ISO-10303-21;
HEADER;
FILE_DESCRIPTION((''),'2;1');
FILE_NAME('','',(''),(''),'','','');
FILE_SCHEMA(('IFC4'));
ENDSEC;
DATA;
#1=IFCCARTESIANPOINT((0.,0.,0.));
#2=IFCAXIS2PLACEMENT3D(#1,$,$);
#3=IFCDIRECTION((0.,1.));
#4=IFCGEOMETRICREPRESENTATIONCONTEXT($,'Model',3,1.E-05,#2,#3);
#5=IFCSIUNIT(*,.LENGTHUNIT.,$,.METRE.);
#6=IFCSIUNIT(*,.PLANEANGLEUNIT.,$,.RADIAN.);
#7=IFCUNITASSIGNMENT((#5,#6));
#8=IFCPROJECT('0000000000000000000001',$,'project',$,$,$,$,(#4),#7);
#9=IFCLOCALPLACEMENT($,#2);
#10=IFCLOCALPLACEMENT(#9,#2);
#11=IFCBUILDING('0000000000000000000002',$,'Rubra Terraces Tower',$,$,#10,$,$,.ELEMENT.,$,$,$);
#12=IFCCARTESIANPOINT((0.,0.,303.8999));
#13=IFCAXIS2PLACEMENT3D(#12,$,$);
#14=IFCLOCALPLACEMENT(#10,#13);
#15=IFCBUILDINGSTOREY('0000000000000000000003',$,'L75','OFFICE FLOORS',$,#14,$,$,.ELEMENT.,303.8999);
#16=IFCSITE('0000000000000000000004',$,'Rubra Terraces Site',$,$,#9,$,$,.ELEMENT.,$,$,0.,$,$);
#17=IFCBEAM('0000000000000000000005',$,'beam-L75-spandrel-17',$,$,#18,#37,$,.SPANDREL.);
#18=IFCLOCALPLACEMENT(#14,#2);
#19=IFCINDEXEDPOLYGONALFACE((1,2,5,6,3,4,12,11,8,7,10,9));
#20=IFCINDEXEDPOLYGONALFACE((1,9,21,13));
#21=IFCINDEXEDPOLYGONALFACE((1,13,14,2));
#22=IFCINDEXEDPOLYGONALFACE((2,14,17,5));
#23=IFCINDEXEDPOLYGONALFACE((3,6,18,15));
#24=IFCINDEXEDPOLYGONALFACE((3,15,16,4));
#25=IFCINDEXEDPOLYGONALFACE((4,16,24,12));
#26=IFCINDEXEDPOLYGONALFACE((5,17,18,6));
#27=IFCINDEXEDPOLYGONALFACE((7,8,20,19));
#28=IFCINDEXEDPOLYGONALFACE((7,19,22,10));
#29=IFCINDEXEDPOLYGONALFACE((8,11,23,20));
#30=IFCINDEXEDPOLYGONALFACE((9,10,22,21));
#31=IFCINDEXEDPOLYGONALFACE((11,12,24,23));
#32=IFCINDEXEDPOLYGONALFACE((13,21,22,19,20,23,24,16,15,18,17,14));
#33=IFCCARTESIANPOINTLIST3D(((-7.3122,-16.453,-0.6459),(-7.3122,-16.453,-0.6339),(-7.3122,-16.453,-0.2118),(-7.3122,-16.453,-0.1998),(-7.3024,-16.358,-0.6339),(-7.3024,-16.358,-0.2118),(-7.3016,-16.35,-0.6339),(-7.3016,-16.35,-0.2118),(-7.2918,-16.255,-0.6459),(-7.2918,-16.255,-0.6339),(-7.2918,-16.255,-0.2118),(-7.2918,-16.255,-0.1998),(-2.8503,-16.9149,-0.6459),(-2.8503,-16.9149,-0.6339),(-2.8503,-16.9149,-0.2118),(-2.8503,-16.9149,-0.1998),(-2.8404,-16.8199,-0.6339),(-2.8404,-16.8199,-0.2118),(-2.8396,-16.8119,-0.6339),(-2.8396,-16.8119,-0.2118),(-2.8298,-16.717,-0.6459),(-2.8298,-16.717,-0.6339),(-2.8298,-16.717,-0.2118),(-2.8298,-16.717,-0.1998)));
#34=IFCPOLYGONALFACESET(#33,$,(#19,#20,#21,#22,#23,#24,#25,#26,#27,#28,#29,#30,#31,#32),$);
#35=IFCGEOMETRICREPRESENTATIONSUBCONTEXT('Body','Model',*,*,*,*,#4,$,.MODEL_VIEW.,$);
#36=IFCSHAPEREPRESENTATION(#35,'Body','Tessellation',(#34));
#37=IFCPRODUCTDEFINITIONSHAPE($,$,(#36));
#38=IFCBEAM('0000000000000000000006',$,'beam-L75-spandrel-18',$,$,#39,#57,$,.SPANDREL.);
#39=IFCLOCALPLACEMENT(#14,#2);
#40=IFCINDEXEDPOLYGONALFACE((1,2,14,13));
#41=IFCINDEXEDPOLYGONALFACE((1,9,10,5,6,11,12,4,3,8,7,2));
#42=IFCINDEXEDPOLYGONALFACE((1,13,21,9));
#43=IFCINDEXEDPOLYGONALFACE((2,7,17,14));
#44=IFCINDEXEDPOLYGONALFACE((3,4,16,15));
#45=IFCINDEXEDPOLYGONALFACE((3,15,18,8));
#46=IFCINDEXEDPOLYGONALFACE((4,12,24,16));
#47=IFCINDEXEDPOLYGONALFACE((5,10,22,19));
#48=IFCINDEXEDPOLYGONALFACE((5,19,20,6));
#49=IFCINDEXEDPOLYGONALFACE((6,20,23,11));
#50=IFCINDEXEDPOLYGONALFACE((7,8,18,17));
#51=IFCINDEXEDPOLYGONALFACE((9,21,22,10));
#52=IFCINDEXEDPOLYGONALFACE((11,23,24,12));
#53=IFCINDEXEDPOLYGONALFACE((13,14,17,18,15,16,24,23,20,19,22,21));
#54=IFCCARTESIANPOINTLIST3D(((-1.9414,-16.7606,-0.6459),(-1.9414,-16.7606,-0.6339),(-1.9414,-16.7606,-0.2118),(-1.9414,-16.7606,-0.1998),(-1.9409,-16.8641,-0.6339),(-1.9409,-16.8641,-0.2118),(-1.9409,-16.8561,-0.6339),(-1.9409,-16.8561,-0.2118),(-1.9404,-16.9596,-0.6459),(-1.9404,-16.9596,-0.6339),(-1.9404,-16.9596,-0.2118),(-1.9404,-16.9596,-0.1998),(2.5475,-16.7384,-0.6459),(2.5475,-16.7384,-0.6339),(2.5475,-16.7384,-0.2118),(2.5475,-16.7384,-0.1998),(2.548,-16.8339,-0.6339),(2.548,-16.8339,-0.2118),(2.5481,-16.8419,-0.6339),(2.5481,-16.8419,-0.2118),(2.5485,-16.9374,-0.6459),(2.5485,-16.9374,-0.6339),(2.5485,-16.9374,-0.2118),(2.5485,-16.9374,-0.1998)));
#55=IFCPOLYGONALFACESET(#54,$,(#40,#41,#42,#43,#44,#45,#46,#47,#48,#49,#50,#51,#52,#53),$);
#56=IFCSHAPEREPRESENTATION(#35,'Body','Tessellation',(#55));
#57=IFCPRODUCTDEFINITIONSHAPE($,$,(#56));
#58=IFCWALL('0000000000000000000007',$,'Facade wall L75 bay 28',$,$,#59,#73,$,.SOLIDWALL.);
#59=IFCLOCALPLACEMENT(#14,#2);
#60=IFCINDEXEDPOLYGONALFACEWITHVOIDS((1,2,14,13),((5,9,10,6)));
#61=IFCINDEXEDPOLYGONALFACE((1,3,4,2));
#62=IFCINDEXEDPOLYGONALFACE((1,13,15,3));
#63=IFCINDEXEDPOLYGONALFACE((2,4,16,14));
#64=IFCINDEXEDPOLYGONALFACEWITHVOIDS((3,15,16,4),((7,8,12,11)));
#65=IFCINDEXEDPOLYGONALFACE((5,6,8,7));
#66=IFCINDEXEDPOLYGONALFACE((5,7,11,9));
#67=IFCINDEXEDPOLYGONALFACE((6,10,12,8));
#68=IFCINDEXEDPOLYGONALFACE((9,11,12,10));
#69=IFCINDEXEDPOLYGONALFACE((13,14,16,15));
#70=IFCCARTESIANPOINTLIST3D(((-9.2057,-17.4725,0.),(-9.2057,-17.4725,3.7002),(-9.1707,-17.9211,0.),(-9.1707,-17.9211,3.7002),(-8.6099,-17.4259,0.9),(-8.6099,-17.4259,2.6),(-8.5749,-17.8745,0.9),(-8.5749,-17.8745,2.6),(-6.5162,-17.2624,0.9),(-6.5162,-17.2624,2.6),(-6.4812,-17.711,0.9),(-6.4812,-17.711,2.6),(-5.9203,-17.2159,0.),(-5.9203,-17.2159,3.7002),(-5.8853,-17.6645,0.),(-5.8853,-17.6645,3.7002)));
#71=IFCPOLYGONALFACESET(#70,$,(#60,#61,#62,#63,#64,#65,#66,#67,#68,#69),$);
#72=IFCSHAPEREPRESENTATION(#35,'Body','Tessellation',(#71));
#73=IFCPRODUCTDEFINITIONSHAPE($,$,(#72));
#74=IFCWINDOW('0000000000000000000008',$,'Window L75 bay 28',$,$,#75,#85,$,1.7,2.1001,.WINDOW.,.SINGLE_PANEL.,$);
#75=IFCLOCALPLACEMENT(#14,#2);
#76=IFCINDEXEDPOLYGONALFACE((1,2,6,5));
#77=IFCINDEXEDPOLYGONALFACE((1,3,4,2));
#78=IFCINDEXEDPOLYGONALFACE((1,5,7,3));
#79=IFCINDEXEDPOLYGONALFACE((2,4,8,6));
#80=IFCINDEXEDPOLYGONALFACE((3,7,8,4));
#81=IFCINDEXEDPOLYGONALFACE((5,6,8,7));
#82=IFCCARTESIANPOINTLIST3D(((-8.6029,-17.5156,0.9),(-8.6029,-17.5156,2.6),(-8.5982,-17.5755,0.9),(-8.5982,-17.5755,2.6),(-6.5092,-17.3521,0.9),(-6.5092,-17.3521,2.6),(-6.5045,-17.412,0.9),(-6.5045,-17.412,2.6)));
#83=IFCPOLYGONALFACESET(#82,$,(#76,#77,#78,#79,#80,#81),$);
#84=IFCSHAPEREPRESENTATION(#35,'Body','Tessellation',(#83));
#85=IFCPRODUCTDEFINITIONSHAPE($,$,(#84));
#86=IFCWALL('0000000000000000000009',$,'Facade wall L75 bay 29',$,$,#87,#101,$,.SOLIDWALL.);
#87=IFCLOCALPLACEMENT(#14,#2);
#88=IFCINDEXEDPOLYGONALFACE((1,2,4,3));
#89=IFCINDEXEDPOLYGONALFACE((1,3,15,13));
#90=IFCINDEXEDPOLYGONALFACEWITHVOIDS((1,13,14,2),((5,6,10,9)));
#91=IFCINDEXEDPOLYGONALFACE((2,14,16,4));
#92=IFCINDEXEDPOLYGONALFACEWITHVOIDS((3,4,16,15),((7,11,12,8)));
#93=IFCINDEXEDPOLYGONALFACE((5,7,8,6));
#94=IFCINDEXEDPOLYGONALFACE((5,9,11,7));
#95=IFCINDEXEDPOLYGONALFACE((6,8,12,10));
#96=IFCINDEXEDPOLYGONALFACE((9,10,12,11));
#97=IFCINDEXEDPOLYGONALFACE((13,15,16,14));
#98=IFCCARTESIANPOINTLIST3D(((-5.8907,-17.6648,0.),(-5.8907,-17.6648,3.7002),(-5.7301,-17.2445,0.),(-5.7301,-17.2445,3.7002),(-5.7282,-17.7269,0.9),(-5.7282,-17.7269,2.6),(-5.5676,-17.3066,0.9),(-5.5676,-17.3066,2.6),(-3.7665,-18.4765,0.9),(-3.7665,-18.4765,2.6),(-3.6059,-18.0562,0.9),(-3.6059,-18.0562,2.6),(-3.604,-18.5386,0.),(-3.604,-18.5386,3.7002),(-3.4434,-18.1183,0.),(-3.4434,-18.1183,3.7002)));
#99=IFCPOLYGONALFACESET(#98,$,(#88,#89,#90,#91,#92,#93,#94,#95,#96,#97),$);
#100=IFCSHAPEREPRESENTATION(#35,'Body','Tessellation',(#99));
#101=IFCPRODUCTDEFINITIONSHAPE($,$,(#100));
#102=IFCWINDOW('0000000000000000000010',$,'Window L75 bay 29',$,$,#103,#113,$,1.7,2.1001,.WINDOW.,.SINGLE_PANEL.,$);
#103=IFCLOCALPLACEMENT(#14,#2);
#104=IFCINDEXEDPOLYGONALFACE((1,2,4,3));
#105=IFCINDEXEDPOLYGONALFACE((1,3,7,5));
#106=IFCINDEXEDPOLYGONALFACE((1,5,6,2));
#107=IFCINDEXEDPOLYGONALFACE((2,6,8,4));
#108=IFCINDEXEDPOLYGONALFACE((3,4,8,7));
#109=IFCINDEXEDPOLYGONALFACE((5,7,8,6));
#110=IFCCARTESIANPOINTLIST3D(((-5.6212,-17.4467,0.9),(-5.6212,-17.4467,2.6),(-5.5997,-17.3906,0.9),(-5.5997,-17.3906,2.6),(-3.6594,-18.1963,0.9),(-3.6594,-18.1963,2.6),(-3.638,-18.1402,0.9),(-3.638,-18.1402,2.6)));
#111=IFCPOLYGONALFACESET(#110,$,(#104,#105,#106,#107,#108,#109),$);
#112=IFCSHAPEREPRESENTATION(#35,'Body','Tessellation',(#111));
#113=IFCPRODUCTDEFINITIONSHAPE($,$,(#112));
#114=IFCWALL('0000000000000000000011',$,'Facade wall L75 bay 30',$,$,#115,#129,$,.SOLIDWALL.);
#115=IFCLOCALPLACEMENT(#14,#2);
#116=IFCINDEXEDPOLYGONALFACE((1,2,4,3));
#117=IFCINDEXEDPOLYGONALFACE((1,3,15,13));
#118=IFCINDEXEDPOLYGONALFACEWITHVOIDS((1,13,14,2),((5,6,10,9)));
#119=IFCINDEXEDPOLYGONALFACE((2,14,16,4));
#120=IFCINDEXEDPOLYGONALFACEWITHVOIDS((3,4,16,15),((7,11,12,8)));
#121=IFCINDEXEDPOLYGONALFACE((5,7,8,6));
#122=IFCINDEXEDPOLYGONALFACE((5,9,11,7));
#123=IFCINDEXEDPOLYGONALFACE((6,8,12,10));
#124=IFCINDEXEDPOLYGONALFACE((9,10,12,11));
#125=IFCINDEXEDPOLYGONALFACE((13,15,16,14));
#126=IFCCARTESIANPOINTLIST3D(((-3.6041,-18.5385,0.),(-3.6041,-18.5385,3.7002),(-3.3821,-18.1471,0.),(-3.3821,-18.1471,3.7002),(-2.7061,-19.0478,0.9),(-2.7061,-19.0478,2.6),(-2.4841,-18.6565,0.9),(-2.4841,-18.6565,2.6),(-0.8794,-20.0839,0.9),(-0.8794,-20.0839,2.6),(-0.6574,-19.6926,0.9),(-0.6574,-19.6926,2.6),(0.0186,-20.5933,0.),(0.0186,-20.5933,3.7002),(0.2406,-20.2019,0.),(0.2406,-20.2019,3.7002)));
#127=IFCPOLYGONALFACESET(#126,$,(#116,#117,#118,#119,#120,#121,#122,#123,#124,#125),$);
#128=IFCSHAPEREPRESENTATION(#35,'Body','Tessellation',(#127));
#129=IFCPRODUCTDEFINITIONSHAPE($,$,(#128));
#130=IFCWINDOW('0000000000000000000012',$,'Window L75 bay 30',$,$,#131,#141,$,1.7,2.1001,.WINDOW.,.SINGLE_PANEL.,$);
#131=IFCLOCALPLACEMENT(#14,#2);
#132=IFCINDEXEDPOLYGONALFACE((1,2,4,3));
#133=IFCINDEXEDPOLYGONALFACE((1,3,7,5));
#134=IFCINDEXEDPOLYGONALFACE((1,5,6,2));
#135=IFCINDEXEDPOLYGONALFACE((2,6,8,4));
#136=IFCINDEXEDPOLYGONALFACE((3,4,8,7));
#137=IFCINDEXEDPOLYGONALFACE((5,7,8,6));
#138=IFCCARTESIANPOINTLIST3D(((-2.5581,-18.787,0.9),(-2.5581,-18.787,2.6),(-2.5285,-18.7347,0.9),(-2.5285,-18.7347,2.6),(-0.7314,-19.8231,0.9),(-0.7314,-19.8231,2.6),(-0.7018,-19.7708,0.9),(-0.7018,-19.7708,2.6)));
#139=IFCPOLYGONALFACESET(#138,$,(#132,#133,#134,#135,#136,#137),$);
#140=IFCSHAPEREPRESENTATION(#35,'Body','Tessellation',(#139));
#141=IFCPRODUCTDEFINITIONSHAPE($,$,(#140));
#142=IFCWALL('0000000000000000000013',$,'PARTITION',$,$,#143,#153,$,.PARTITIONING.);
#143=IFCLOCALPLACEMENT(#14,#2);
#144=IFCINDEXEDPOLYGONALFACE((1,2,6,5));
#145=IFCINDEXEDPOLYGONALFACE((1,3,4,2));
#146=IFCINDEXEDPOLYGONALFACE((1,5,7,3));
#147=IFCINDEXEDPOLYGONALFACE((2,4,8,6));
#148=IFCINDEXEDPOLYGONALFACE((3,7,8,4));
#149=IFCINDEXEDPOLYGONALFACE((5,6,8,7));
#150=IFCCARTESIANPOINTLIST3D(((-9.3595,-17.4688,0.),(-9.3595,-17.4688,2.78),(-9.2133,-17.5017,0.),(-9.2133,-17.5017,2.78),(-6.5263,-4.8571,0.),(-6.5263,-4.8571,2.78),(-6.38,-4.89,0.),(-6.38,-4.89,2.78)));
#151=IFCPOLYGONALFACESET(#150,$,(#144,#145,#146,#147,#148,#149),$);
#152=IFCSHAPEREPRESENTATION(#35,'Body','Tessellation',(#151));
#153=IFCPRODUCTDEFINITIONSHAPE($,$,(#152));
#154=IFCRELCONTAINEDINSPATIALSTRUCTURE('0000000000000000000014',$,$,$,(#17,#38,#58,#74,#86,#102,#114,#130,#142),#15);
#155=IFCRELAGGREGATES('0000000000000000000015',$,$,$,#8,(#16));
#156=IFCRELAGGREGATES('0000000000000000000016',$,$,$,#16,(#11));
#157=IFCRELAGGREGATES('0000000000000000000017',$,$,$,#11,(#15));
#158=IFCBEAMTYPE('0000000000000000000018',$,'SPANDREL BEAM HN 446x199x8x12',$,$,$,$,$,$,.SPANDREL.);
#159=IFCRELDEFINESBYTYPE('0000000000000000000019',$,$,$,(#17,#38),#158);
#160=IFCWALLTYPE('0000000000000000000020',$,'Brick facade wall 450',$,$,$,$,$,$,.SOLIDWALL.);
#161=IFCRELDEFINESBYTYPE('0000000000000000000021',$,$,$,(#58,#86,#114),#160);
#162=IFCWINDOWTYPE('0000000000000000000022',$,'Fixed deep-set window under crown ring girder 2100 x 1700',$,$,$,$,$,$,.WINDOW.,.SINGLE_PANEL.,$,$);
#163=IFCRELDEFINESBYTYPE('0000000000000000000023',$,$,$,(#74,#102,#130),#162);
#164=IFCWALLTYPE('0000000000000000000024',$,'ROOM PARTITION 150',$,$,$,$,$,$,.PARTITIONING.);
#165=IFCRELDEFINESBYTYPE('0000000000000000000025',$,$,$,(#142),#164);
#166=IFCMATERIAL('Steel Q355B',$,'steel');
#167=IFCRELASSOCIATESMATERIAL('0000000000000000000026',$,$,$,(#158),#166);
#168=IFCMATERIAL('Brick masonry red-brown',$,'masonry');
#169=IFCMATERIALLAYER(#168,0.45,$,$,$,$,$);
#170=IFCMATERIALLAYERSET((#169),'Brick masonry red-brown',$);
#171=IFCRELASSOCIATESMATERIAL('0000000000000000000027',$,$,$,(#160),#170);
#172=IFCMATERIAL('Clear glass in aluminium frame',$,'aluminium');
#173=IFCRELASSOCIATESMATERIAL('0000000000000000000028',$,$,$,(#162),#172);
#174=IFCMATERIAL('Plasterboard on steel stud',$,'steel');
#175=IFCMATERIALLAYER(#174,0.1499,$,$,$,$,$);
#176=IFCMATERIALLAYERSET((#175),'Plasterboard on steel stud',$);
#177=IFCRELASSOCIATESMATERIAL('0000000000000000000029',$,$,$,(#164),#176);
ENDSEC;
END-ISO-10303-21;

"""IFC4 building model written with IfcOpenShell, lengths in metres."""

from ifc_helpers import new_model, si_unit, direction, frame, frame_2d, origin, origin_2d, place, context, subcontext, project, spatial, rectangle, i_section, extrude, material, layer, layer_set, material_profile, profile_set, type_object, element, fill, save


model = new_model("IFC4")

# Units and contexts
model_context = context("Model", 3, precision=1e-05, world=origin(), true_north=direction((0.0, 1.0)))
body_context = subcontext(model_context, "Body", "Model", "MODEL_VIEW")
ifc_project = project(units=[si_unit("LENGTHUNIT", "METRE"), si_unit("PLANEANGLEUNIT", "RADIAN")], contexts=[model_context])

# Site, building, storey
site_placement = place(None, origin())
site = spatial("IfcSite", under=ifc_project, at=site_placement, Name="Rubra Terraces Site", CompositionType="ELEMENT", RefElevation=0.0)
building_placement = place(site_placement, origin())
building = spatial("IfcBuilding", under=site, at=building_placement, Name="Rubra Terraces Tower", CompositionType="ELEMENT")
storey_placement = place(building_placement, frame((0.0, 0.0, 303.8999)))
storey = spatial("IfcBuildingStorey", under=building, at=storey_placement, Name="L75", Description="OFFICE FLOORS", CompositionType="ELEMENT", Elevation=303.8999)

# Beams
ifc_material_1 = material(Name="Steel Q355B", Category="steel")
ifc_material_profile_1 = material_profile(ifc_material_1, i_section(OverallWidth=0.199, OverallDepth=0.446, WebThickness=0.0081, FlangeThickness=0.012, at=origin_2d()), Name="HN 446x199x8x12")
ifc_profile_set_1 = profile_set([ifc_material_profile_1], Name="Steel Q355B")
beam_type_1 = type_object("IfcBeamType", Name="SPANDREL BEAM HN 446x199x8x12", PredefinedType="SPANDREL", material=ifc_profile_set_1)
beam_1_placement = place(storey_placement, frame((-7.302, -16.354, -0.4229), z_axis=(0.994684, -0.102973, 0.0), x_axis=(0.102973, 0.994684, 0.0)))
element("IfcBeam", 1, at=beam_1_placement, inside=storey, type_object=beam_type_1, Name="beam-L75-spandrel-17", PredefinedType="SPANDREL", context=body_context, shape_type="SweptSolid", body=[
    extrude(i_section(OverallWidth=0.199, OverallDepth=0.446, WebThickness=0.0081, FlangeThickness=0.012, at=origin_2d()), origin(), (0.0, 0.0, 1.0), 4.4858),
])
beam_2_placement = place(storey_placement, frame((-1.9409, -16.8601, -0.4229), z_axis=(0.999988, 0.004949, 0.0), x_axis=(-0.004949, 0.999988, 0.0)))
element("IfcBeam", 2, at=beam_2_placement, inside=storey, type_object=beam_type_1, Name="beam-L75-spandrel-18", PredefinedType="SPANDREL", context=body_context, shape_type="SweptSolid", body=[
    extrude(i_section(OverallWidth=0.199, OverallDepth=0.446, WebThickness=0.0081, FlangeThickness=0.012, at=origin_2d()), origin(), (0.0, 0.0, 1.0), 4.489),
])

# Walls, openings, windows
ifc_material_2 = material(Name="Brick masonry red-brown", Category="masonry")
ifc_layer_1 = layer(ifc_material_2, 0.45)
ifc_layer_set_1 = layer_set([ifc_layer_1], Name="Brick masonry red-brown")
wall_type_1 = type_object("IfcWallType", Name="Brick facade wall 450", PredefinedType="SOLIDWALL", material=ifc_layer_set_1)
wall_1_placement = place(storey_placement, frame((-9.1882, -17.6968, 0.0), z_axis=(0.0, 0.0, 1.0), x_axis=(0.996964, 0.077864, 0.0)))
wall_1 = element("IfcWall", 3, at=wall_1_placement, inside=storey, type_object=wall_type_1, Name="Facade wall L75 bay 28", PredefinedType="SOLIDWALL", context=body_context, shape_type="SweptSolid", body=[
    extrude(rectangle(XDim=3.2954, YDim=0.45, at=frame_2d((1.6477, 0.0))), origin(), (0.0, 0.0, 1.0), 3.7002),
])
opening_1_placement = place(wall_1_placement, frame((0.5977, 0.0, 0.8999)))
opening_1 = element("IfcOpeningElement", 4, at=opening_1_placement, cuts=wall_1, PredefinedType="OPENING", context=body_context, shape_type="SweptSolid", body=[
    extrude(rectangle(XDim=2.1001, YDim=1.7, at=frame_2d((1.05, 0.8501))), frame((0.0, 0.2349, 0.0), z_axis=(0.0, -1.0, 0.0), x_axis=(1.0, 0.0, 0.0)), (0.0, 0.0, 1.0), 0.47),
])
ifc_material_3 = material(Name="Clear glass in aluminium frame", Category="aluminium")
window_type = type_object("IfcWindowType", Name="Fixed deep-set window under crown ring girder 2100 x 1700", PartitioningType="SINGLE_PANEL", PredefinedType="WINDOW", material=ifc_material_3)
window_1_placement = place(opening_1_placement, origin())
window_1 = element("IfcWindow", 5, at=window_1_placement, inside=storey, type_object=window_type, Name="Window L75 bay 28", OverallHeight=1.7, OverallWidth=2.1001, PartitioningType="SINGLE_PANEL", PredefinedType="WINDOW", context=body_context, shape_type="SweptSolid", body=[
    extrude(rectangle(XDim=2.1001, YDim=1.7, at=frame_2d((1.05, 0.8501))), frame((0.0, 0.135, 0.0), z_axis=(0.0, -1.0, 0.0), x_axis=(1.0, 0.0, 0.0)), (0.0, 0.0, 1.0), 0.0601),
])
fill(opening_1, window_1)
wall_2_placement = place(storey_placement, frame((-5.8105, -17.4546, 0.0), z_axis=(0.0, 0.0, 1.0), x_axis=(0.934122, -0.356953, 0.0)))
wall_2 = element("IfcWall", 6, at=wall_2_placement, inside=storey, type_object=wall_type_1, Name="Facade wall L75 bay 29", PredefinedType="SOLIDWALL", context=body_context, shape_type="SweptSolid", body=[
    extrude(rectangle(XDim=2.448, YDim=0.45, at=frame_2d((1.2241, 0.0))), origin(), (0.0, 0.0, 1.0), 3.7002),
])
opening_2_placement = place(wall_2_placement, frame((0.1741, 0.0, 0.8999)))
opening_2 = element("IfcOpeningElement", 7, at=opening_2_placement, cuts=wall_2, PredefinedType="OPENING", context=body_context, shape_type="SweptSolid", body=[
    extrude(rectangle(XDim=2.1001, YDim=1.7, at=frame_2d((1.05, 0.8501))), frame((0.0, 0.2349, 0.0), z_axis=(0.0, -1.0, 0.0), x_axis=(1.0, 0.0, 0.0)), (0.0, 0.0, 1.0), 0.47),
])
window_2_placement = place(opening_2_placement, origin())
window_2 = element("IfcWindow", 8, at=window_2_placement, inside=storey, type_object=window_type, Name="Window L75 bay 29", OverallHeight=1.7, OverallWidth=2.1001, PartitioningType="SINGLE_PANEL", PredefinedType="WINDOW", context=body_context, shape_type="SweptSolid", body=[
    extrude(rectangle(XDim=2.1001, YDim=1.7, at=frame_2d((1.05, 0.8501))), frame((0.0, 0.135, 0.0), z_axis=(0.0, -1.0, 0.0), x_axis=(1.0, 0.0, 0.0)), (0.0, 0.0, 1.0), 0.0601),
])
fill(opening_2, window_2)
wall_3_placement = place(storey_placement, frame((-3.4932, -18.3428, 0.0), z_axis=(0.0, 0.0, 1.0), x_axis=(0.869826, -0.493359, 0.0)))
wall_3 = element("IfcWall", 9, at=wall_3_placement, inside=storey, type_object=wall_type_1, Name="Facade wall L75 bay 30", PredefinedType="SOLIDWALL", context=body_context, shape_type="SweptSolid", body=[
    extrude(rectangle(XDim=4.1648, YDim=0.45, at=frame_2d((2.0825, 0.0))), origin(), (0.0, 0.0, 1.0), 3.7002),
])
opening_3_placement = place(wall_3_placement, frame((1.0325, 0.0, 0.8999)))
opening_3 = element("IfcOpeningElement", 10, at=opening_3_placement, cuts=wall_3, PredefinedType="OPENING", context=body_context, shape_type="SweptSolid", body=[
    extrude(rectangle(XDim=2.1001, YDim=1.7, at=frame_2d((1.05, 0.8501))), frame((0.0, 0.2349, 0.0), z_axis=(0.0, -1.0, 0.0), x_axis=(1.0, 0.0, 0.0)), (0.0, 0.0, 1.0), 0.47),
])
window_3_placement = place(opening_3_placement, origin())
window_3 = element("IfcWindow", 11, at=window_3_placement, inside=storey, type_object=window_type, Name="Window L75 bay 30", OverallHeight=1.7, OverallWidth=2.1001, PartitioningType="SINGLE_PANEL", PredefinedType="WINDOW", context=body_context, shape_type="SweptSolid", body=[
    extrude(rectangle(XDim=2.1001, YDim=1.7, at=frame_2d((1.05, 0.8501))), frame((0.0, 0.135, 0.0), z_axis=(0.0, -1.0, 0.0), x_axis=(1.0, 0.0, 0.0)), (0.0, 0.0, 1.0), 0.0601),
])
fill(opening_3, window_3)

# Wall
ifc_material_4 = material(Name="Plasterboard on steel stud", Category="steel")
ifc_layer_2 = layer(ifc_material_4, 0.1499)
ifc_layer_set_2 = layer_set([ifc_layer_2], Name="Plasterboard on steel stud")
wall_type_2 = type_object("IfcWallType", Name="ROOM PARTITION 150", PredefinedType="PARTITIONING", material=ifc_layer_set_2)
wall_4_placement = place(storey_placement, frame((-9.2864, -17.4851, 0.0), z_axis=(0.0, 0.0, 1.0), x_axis=(0.219188, 0.975683, 0.0)))
element("IfcWall", 12, at=wall_4_placement, inside=storey, type_object=wall_type_2, Name="PARTITION", PredefinedType="PARTITIONING", context=body_context, shape_type="SweptSolid", body=[
    extrude(rectangle(XDim=12.926, YDim=0.1499, at=frame_2d((6.4629, 0.0))), origin(), (0.0, 0.0, 1.0), 2.78),
])

save(model, "model.ifc")
